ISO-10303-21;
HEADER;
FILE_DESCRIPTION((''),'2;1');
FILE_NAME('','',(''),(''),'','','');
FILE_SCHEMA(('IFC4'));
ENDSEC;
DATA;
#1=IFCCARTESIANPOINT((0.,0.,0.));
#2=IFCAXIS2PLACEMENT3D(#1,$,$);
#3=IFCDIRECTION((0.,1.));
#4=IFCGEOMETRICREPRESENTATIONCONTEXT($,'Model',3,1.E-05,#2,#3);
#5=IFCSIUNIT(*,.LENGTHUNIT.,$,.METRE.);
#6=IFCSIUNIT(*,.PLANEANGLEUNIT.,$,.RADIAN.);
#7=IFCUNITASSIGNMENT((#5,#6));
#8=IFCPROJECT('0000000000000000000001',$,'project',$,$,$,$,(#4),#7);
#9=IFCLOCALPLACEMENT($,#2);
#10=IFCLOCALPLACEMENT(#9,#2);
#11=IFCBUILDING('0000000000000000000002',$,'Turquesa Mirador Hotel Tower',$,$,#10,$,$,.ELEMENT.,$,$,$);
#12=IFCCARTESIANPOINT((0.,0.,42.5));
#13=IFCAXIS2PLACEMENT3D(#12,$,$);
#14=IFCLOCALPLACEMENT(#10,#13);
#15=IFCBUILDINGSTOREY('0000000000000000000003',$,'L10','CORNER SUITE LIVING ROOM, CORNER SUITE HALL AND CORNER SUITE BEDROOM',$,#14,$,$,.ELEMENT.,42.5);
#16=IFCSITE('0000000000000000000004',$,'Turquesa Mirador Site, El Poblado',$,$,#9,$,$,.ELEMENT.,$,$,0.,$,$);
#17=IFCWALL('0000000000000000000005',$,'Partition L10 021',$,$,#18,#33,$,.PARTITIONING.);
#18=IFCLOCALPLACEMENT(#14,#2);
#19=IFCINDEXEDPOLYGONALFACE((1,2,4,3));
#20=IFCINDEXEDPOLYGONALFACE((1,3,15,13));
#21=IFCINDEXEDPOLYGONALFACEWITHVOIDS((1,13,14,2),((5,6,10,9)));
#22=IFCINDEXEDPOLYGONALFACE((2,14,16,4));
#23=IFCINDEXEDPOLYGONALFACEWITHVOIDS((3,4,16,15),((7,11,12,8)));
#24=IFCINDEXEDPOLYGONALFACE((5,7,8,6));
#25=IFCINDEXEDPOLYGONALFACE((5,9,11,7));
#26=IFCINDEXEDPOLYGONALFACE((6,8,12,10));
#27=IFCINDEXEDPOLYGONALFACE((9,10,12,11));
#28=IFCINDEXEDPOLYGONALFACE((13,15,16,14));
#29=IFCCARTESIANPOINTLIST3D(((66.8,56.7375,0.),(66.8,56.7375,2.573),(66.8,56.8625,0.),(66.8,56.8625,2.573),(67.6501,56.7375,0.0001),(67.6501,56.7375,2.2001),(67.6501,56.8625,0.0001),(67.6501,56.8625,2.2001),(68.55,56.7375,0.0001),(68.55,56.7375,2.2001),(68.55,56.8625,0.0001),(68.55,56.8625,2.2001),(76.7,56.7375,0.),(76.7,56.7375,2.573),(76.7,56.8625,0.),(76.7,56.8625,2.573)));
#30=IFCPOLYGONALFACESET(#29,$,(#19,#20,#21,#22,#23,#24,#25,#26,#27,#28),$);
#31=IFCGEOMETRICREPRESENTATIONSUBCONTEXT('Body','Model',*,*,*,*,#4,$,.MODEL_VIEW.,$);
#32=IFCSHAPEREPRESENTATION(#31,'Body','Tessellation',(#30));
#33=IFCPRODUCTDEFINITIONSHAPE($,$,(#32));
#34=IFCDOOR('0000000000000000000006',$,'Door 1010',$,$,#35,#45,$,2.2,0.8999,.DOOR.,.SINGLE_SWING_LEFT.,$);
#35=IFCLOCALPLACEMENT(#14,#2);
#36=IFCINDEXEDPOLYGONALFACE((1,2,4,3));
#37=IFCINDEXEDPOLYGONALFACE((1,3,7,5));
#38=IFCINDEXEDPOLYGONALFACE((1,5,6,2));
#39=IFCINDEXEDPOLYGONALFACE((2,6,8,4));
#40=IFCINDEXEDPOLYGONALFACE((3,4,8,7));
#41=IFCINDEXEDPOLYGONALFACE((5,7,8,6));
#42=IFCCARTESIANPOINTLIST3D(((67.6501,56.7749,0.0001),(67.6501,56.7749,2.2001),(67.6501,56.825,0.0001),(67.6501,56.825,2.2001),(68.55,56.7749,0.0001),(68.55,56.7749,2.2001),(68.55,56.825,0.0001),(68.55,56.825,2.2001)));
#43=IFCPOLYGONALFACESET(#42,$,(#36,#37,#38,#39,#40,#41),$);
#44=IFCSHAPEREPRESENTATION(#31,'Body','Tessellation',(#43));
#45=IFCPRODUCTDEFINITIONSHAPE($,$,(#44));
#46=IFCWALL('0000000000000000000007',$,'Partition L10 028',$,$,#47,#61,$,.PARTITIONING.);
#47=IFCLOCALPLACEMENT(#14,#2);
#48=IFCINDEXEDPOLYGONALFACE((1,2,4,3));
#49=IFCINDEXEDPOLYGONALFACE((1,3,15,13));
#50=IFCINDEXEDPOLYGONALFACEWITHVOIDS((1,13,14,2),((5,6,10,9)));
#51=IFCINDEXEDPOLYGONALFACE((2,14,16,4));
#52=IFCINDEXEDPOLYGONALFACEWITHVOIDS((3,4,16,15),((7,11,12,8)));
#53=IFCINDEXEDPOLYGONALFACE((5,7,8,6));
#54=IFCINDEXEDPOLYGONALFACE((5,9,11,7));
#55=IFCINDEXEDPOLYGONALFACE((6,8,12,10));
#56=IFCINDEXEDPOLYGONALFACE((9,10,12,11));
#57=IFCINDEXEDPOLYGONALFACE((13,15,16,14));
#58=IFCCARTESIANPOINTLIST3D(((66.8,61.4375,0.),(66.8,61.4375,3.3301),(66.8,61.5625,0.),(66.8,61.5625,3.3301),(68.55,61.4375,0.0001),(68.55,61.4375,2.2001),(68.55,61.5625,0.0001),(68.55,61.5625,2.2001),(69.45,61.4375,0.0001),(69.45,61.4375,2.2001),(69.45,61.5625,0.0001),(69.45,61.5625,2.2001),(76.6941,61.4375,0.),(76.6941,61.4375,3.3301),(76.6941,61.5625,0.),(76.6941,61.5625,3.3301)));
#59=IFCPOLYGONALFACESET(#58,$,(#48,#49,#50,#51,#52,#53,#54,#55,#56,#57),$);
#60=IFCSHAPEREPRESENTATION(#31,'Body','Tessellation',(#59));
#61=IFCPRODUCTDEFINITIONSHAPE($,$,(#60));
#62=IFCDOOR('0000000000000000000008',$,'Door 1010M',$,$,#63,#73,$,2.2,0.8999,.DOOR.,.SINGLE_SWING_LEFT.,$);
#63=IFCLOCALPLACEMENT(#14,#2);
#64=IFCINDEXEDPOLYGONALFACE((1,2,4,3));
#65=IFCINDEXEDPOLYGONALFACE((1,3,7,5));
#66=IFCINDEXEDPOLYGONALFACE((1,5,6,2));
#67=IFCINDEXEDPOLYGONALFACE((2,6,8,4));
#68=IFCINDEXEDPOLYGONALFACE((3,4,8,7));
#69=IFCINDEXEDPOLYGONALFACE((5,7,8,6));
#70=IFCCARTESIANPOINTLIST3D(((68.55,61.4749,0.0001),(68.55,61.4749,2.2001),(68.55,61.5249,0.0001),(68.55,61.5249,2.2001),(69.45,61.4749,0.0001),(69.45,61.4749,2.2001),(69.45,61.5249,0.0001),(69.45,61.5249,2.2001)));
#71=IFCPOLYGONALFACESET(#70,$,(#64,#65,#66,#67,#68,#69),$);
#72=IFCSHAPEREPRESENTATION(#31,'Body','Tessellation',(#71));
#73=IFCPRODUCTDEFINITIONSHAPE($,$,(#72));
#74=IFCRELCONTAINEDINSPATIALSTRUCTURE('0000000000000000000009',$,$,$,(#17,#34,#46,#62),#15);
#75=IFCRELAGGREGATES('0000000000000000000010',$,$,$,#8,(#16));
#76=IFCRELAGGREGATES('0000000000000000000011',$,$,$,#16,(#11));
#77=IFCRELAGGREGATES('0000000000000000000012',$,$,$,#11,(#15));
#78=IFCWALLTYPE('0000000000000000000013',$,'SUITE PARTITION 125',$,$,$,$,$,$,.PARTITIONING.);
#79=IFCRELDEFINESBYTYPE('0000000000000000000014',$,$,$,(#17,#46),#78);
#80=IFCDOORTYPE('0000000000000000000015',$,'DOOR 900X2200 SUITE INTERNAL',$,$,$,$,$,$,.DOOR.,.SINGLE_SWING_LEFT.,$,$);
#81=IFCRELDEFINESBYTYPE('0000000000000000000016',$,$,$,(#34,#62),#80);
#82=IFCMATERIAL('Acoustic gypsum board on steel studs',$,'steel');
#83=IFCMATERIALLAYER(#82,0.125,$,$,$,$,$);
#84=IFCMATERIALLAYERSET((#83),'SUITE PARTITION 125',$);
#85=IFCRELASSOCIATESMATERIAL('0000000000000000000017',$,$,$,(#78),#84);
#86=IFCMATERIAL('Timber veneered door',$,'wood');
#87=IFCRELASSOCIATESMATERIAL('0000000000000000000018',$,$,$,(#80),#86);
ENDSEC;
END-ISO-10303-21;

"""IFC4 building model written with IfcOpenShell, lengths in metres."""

from ifc_helpers import new_model, si_unit, direction, frame, frame_2d, origin, place, context, subcontext, project, spatial, rectangle, extrude, material, layer, layer_set, type_object, element, fill, save


model = new_model("IFC4")

# Units and contexts
model_context = context("Model", 3, precision=1e-05, world=origin(), true_north=direction((0.0, 1.0)))
body_context = subcontext(model_context, "Body", "Model", "MODEL_VIEW")
ifc_project = project(units=[si_unit("LENGTHUNIT", "METRE"), si_unit("PLANEANGLEUNIT", "RADIAN")], contexts=[model_context])

# Site, building, storey
site_placement = place(None, origin())
site = spatial("IfcSite", under=ifc_project, at=site_placement, Name="Turquesa Mirador Site, El Poblado", CompositionType="ELEMENT", RefElevation=0.0)
building_placement = place(site_placement, origin())
building = spatial("IfcBuilding", under=site, at=building_placement, Name="Turquesa Mirador Hotel Tower", CompositionType="ELEMENT")
storey_placement = place(building_placement, frame((0.0, 0.0, 42.5)))
storey = spatial("IfcBuildingStorey", under=building, at=storey_placement, Name="L10", Description="CORNER SUITE LIVING ROOM, CORNER SUITE HALL AND CORNER SUITE BEDROOM", CompositionType="ELEMENT", Elevation=42.5)

# Walls, openings, doors
ifc_material_1 = material(Name="Acoustic gypsum board on steel studs", Category="steel")
ifc_layer_1 = layer(ifc_material_1, 0.125)
ifc_layer_set_1 = layer_set([ifc_layer_1], Name="SUITE PARTITION 125")
wall_type_1 = type_object("IfcWallType", Name="SUITE PARTITION 125", PredefinedType="PARTITIONING", material=ifc_layer_set_1)
wall_1_placement = place(storey_placement, frame((66.8, 56.8, 0.0), z_axis=(0.0, 0.0, 1.0), x_axis=(1.0, 0.0, 0.0)))
wall_1 = element("IfcWall", 1, at=wall_1_placement, inside=storey, type_object=wall_type_1, Name="Partition L10 021", PredefinedType="PARTITIONING", context=body_context, shape_type="SweptSolid", body=[
    extrude(rectangle(XDim=9.8999, YDim=0.125, at=frame_2d((4.95, 0.0))), origin(), (0.0, 0.0, 1.0), 2.573),
])
opening_1_placement = place(wall_1_placement, frame((0.8501, 0.0, 0.0)))
opening_1 = element("IfcOpeningElement", 2, at=opening_1_placement, cuts=wall_1, PredefinedType="OPENING", context=body_context, shape_type="SweptSolid", body=[
    extrude(rectangle(XDim=0.8999, YDim=2.2, at=frame_2d((0.45, 1.1001))), frame((0.0, 0.0725, 0.0), z_axis=(0.0, -1.0, 0.0), x_axis=(1.0, 0.0, 0.0)), (0.0, 0.0, 1.0), 0.145),
])
ifc_material_2 = material(Name="Timber veneered door", Category="wood")
door_type = type_object("IfcDoorType", Name="DOOR 900X2200 SUITE INTERNAL", OperationType="SINGLE_SWING_LEFT", PredefinedType="DOOR", material=ifc_material_2)
door_1_placement = place(opening_1_placement, origin())
door_1 = element("IfcDoor", 3, at=door_1_placement, inside=storey, type_object=door_type, Name="Door 1010", OperationType="SINGLE_SWING_LEFT", OverallHeight=2.2, OverallWidth=0.8999, PredefinedType="DOOR", context=body_context, shape_type="SweptSolid", body=[
    extrude(rectangle(XDim=0.8999, YDim=2.2, at=frame_2d((0.45, 1.1001))), frame((0.0, 0.0249, 0.0), z_axis=(0.0, -1.0, 0.0), x_axis=(1.0, 0.0, 0.0)), (0.0, 0.0, 1.0), 0.05),
])
fill(opening_1, door_1)
wall_2_placement = place(storey_placement, frame((66.8, 61.5, 0.0), z_axis=(0.0, 0.0, 1.0), x_axis=(1.0, 0.0, 0.0)))
wall_2 = element("IfcWall", 4, at=wall_2_placement, inside=storey, type_object=wall_type_1, Name="Partition L10 028", PredefinedType="PARTITIONING", context=body_context, shape_type="SweptSolid", body=[
    extrude(rectangle(XDim=9.894, YDim=0.125, at=frame_2d((4.947, 0.0))), origin(), (0.0, 0.0, 1.0), 3.3301),
])
opening_2_placement = place(wall_2_placement, frame((1.75, 0.0, 0.0)))
opening_2 = element("IfcOpeningElement", 5, at=opening_2_placement, cuts=wall_2, PredefinedType="OPENING", context=body_context, shape_type="SweptSolid", body=[
    extrude(rectangle(XDim=0.8999, YDim=2.2, at=frame_2d((0.45, 1.1001))), frame((0.0, 0.0725, 0.0), z_axis=(0.0, -1.0, 0.0), x_axis=(1.0, 0.0, 0.0)), (0.0, 0.0, 1.0), 0.145),
])
door_2_placement = place(opening_2_placement, origin())
door_2 = element("IfcDoor", 6, at=door_2_placement, inside=storey, type_object=door_type, Name="Door 1010M", OperationType="SINGLE_SWING_LEFT", OverallHeight=2.2, OverallWidth=0.8999, PredefinedType="DOOR", context=body_context, shape_type="SweptSolid", body=[
    extrude(rectangle(XDim=0.8999, YDim=2.2, at=frame_2d((0.45, 1.1001))), frame((0.0, 0.0249, 0.0), z_axis=(0.0, -1.0, 0.0), x_axis=(1.0, 0.0, 0.0)), (0.0, 0.0, 1.0), 0.05),
])
fill(opening_2, door_2)

save(model, "model.ifc")
